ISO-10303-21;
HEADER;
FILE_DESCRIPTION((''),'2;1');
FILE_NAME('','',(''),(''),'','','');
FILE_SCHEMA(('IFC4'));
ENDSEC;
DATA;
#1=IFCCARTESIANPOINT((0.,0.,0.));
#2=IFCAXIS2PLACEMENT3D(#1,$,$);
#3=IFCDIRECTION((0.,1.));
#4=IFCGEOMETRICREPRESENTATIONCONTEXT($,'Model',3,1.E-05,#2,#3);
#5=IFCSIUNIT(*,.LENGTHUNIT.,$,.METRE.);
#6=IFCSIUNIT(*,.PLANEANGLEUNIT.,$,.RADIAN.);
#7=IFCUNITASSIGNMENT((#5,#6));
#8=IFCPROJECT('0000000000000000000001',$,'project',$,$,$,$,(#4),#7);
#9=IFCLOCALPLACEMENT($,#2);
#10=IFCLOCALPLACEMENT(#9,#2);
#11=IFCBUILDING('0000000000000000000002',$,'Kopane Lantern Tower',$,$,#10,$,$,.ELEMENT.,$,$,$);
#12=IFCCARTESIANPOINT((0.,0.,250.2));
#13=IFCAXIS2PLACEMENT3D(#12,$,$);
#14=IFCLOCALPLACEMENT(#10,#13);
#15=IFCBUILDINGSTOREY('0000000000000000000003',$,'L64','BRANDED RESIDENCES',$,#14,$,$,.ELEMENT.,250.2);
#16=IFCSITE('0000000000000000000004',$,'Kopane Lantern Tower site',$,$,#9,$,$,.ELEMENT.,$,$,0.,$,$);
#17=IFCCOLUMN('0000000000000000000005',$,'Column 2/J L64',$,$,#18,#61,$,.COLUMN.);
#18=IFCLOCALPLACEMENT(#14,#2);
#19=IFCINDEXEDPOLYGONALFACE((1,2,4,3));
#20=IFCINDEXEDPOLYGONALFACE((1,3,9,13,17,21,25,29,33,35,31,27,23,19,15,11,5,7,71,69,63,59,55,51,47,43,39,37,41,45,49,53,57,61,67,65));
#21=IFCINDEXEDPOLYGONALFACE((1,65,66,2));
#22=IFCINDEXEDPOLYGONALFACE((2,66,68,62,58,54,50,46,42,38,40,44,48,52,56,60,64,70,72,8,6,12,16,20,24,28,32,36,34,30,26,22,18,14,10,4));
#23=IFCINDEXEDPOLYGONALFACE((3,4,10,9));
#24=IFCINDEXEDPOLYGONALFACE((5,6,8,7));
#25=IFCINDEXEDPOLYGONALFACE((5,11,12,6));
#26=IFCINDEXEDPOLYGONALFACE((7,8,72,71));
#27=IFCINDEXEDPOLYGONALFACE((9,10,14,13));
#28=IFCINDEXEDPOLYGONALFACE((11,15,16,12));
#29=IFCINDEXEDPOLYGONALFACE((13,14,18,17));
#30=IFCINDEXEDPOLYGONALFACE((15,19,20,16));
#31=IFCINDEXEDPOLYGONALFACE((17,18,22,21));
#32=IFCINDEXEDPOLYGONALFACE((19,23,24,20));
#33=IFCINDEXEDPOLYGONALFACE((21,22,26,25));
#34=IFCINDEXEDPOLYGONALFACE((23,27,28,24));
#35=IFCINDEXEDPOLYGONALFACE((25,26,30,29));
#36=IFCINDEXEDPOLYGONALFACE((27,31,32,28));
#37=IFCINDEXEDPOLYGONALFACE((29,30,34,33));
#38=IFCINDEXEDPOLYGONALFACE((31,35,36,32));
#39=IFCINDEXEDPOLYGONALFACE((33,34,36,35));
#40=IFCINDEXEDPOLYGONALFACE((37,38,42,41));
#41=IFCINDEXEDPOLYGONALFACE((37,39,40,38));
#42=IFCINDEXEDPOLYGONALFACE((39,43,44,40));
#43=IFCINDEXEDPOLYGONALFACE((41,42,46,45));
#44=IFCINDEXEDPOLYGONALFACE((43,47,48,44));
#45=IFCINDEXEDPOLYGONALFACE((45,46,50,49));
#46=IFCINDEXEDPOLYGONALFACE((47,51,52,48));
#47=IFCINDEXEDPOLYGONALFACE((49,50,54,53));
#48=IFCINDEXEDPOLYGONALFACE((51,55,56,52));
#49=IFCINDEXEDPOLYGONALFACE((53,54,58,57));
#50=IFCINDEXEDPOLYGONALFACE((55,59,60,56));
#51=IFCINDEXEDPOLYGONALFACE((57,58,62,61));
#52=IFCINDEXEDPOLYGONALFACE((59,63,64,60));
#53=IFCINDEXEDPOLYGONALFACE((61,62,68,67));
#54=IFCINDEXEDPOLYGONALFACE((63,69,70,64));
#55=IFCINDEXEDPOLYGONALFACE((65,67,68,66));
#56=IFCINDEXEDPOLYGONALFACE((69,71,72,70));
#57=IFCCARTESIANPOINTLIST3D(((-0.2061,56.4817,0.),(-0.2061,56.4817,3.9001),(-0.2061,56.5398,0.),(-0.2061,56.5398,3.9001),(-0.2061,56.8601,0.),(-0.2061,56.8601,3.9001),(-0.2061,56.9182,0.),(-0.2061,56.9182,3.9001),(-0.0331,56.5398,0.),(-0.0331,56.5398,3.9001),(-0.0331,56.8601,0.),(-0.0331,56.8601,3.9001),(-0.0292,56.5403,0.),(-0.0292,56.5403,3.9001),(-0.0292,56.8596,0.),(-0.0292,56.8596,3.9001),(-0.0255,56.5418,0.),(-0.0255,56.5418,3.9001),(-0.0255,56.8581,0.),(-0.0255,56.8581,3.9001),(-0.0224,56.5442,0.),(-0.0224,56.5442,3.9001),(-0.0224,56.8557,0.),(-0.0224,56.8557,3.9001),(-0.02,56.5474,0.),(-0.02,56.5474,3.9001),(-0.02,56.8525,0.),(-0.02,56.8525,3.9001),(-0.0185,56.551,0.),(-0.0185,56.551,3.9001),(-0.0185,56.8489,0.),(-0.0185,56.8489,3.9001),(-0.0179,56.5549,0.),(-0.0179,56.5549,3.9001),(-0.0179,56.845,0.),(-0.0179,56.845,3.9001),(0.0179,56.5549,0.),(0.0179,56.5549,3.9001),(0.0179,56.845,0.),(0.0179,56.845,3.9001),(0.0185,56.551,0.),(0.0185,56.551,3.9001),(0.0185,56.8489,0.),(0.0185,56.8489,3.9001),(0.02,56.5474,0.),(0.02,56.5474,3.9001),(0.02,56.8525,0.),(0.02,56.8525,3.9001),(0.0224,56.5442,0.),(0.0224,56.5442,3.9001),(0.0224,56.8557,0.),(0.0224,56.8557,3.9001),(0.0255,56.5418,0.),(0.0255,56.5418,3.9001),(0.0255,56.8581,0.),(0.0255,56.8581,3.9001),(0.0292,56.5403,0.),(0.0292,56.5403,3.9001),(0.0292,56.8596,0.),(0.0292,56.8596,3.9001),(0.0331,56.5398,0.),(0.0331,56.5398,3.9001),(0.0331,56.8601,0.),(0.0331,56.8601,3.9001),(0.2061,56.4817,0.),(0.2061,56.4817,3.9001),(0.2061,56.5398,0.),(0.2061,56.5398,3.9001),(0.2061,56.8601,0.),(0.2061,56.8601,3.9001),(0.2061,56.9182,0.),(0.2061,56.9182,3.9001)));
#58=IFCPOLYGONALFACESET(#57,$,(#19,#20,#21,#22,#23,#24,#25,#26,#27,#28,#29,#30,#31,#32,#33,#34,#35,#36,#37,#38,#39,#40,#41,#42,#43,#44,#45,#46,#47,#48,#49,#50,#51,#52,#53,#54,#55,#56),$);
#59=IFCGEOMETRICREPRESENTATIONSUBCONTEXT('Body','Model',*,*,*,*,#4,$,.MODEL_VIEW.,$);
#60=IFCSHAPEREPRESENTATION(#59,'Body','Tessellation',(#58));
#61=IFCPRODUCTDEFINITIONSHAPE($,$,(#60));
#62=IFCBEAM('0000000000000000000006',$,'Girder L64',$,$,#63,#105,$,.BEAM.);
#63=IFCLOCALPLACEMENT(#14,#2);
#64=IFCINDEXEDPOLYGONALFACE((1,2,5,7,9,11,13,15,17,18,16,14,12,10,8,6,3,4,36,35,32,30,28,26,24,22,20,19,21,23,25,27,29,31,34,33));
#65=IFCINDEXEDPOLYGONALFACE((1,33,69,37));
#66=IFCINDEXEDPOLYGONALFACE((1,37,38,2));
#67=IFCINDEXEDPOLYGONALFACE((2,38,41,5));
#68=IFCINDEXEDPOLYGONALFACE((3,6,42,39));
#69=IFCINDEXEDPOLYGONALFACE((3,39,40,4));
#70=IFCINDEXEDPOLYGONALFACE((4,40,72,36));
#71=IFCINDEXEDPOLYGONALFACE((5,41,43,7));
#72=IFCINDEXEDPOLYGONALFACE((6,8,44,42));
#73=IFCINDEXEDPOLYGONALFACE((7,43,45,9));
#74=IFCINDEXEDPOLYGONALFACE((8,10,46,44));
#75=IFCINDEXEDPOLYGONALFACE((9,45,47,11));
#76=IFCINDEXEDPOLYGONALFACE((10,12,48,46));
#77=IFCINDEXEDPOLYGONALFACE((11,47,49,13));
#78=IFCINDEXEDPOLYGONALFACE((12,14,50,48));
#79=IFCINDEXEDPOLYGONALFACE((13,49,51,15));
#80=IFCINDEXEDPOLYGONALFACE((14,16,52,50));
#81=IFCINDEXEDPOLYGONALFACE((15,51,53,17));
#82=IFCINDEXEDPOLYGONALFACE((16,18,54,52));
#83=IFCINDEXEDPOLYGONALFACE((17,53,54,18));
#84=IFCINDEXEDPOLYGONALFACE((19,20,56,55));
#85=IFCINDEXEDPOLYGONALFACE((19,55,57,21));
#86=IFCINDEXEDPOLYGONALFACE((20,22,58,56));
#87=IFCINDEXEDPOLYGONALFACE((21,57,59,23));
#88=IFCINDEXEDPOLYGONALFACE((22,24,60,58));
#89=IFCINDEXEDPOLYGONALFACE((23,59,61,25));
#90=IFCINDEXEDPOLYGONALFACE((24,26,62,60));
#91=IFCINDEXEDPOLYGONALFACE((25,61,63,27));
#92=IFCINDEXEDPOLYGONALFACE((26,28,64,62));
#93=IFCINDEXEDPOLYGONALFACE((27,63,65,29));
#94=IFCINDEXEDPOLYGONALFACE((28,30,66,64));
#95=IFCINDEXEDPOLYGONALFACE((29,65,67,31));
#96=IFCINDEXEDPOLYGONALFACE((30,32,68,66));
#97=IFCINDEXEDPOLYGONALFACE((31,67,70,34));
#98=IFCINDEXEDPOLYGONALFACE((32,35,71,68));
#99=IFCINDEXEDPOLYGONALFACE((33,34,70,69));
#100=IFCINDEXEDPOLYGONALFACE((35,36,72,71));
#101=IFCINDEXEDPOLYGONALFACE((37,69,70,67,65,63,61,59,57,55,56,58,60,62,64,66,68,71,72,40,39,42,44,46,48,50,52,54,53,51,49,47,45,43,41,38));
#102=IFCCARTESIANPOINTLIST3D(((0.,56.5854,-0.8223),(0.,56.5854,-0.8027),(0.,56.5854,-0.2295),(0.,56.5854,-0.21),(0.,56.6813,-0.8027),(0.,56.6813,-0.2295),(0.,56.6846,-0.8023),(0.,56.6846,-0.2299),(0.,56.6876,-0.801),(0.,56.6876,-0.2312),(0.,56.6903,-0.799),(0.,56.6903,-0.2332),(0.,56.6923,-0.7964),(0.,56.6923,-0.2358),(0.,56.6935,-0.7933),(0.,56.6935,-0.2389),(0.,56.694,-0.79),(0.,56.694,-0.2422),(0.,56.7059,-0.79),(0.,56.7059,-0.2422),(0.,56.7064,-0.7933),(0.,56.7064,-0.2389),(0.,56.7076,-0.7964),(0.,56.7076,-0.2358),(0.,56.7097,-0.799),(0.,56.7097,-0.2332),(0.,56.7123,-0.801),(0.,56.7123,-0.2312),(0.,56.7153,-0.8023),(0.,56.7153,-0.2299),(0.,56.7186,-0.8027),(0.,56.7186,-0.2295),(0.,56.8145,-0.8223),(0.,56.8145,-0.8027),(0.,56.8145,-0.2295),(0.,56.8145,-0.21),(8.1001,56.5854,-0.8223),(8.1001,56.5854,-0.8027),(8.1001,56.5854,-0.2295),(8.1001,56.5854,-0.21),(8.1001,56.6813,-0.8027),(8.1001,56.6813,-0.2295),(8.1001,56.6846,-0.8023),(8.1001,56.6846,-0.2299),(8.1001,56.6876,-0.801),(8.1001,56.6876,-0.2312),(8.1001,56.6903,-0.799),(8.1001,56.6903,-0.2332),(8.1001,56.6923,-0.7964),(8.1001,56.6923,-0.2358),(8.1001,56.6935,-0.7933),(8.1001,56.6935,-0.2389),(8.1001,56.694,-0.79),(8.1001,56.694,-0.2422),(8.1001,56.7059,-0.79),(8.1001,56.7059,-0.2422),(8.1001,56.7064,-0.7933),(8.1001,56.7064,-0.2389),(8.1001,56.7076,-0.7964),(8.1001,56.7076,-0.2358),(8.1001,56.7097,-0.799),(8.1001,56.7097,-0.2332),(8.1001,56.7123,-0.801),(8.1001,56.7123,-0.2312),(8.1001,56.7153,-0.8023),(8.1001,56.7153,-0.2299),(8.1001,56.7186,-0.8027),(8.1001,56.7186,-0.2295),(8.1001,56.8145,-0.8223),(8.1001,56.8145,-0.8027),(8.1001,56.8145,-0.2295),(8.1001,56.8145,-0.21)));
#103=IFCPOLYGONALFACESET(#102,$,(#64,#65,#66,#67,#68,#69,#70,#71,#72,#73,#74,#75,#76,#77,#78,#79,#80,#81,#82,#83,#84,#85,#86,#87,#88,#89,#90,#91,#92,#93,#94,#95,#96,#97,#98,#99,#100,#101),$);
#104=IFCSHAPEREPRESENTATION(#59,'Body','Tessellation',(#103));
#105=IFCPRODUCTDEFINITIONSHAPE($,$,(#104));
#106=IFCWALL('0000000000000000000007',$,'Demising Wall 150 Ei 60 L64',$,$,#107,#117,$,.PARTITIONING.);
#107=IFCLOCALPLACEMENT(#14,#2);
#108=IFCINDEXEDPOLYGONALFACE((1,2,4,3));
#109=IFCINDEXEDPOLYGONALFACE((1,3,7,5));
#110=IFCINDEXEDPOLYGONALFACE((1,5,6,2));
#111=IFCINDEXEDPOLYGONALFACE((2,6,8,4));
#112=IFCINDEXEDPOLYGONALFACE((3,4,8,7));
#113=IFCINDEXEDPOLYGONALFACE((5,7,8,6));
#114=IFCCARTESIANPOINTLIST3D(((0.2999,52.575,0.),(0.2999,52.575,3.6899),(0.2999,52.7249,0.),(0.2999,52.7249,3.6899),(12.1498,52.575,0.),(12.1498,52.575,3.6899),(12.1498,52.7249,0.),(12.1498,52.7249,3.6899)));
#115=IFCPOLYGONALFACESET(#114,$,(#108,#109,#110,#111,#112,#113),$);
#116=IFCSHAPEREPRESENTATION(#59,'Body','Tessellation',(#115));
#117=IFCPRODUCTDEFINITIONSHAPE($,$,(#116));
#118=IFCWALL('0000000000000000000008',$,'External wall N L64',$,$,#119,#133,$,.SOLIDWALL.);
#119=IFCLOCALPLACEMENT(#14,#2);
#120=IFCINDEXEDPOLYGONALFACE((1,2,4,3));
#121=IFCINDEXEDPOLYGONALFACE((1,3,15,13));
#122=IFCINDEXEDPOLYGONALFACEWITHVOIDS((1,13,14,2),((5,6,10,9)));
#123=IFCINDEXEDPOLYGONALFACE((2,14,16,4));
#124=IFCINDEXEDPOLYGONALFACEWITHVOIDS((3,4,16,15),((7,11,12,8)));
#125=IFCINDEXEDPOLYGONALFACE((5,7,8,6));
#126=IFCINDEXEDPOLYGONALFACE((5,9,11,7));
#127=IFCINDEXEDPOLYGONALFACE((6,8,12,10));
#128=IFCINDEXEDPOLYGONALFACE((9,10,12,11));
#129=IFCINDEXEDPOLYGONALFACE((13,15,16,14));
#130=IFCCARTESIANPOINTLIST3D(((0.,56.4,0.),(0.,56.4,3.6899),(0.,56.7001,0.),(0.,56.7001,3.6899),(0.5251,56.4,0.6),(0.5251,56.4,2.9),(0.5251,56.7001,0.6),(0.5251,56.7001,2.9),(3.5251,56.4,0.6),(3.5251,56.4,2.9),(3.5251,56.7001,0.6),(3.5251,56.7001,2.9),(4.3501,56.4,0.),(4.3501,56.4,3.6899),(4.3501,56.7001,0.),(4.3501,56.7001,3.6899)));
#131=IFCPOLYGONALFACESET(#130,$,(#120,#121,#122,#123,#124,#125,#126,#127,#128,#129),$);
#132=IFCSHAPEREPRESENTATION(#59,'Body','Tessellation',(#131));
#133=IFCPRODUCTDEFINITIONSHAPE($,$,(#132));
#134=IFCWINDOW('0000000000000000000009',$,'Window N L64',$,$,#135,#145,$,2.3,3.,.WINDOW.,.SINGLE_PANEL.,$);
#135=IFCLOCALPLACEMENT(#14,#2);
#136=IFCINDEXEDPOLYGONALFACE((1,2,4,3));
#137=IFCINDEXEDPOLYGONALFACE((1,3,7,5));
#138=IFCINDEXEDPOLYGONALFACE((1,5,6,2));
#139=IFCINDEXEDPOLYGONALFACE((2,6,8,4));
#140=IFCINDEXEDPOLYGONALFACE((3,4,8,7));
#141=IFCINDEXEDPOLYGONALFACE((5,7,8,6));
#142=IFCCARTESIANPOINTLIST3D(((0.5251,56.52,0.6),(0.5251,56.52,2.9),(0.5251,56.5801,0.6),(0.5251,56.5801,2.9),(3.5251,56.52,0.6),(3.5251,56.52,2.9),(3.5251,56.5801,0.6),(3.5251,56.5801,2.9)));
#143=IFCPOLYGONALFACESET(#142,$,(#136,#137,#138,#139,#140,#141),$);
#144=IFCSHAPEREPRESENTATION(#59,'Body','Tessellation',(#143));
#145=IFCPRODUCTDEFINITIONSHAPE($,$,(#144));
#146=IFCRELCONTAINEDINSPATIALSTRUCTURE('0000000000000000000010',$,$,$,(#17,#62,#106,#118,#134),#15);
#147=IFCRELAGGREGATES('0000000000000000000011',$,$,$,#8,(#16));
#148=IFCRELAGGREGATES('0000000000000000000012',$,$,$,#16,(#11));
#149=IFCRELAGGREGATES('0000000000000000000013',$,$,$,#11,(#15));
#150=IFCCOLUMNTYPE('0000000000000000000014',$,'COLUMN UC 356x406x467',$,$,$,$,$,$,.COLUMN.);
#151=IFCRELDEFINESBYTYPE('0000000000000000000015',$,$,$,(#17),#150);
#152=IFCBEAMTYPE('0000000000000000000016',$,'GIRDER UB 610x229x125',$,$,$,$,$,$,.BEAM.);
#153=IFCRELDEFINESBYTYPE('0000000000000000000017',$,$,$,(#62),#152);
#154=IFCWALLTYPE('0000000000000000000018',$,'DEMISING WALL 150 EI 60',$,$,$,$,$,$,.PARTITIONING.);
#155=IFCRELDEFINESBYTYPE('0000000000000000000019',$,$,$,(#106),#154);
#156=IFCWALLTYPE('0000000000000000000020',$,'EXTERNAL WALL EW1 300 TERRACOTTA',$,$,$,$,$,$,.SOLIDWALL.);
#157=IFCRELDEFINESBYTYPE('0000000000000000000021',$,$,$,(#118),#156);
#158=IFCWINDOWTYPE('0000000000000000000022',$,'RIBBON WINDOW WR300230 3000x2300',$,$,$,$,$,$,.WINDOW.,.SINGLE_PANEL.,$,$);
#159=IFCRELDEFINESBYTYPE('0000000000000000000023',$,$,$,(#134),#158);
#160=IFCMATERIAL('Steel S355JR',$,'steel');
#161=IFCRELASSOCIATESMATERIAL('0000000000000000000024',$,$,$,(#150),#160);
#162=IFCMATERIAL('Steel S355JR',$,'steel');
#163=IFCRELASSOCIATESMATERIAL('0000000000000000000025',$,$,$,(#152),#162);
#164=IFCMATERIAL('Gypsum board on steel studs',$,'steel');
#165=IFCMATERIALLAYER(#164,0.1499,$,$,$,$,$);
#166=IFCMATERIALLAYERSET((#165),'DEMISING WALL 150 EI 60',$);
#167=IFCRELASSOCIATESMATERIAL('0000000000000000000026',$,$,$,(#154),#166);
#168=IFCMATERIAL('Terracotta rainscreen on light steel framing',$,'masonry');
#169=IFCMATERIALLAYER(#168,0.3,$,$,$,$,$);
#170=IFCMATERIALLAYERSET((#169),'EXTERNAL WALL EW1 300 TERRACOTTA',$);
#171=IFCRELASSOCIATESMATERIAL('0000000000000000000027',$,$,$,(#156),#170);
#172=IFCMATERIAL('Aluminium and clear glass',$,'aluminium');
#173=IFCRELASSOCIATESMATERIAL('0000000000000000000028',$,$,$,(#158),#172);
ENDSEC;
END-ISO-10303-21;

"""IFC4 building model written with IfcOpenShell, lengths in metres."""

from ifc_helpers import new_model, si_unit, direction, frame, frame_2d, origin, origin_2d, place, context, subcontext, project, spatial, rectangle, i_section, extrude, material, layer, layer_set, material_profile, profile_set, type_object, element, fill, save


model = new_model("IFC4")

# Units and contexts
model_context = context("Model", 3, precision=1e-05, world=origin(), true_north=direction((0.0, 1.0)))
body_context = subcontext(model_context, "Body", "Model", "MODEL_VIEW")
ifc_project = project(units=[si_unit("LENGTHUNIT", "METRE"), si_unit("PLANEANGLEUNIT", "RADIAN")], contexts=[model_context])

# Site, building, storey
site_placement = place(None, origin())
site = spatial("IfcSite", under=ifc_project, at=site_placement, Name="Kopane Lantern Tower site", CompositionType="ELEMENT", RefElevation=0.0)
building_placement = place(site_placement, origin())
building = spatial("IfcBuilding", under=site, at=building_placement, Name="Kopane Lantern Tower", CompositionType="ELEMENT")
storey_placement = place(building_placement, frame((0.0, 0.0, 250.2)))
storey = spatial("IfcBuildingStorey", under=building, at=storey_placement, Name="L64", Description="BRANDED RESIDENCES", CompositionType="ELEMENT", Elevation=250.2)

# Column
ifc_material_1 = material(Name="Steel S355JR", Category="steel")
ifc_material_profile_1 = material_profile(ifc_material_1, i_section(OverallWidth=0.4121, OverallDepth=0.4365, WebThickness=0.0359, FlangeThickness=0.0581, FilletRadius=0.0151, at=origin_2d()), Name="UC 356x406x467")
ifc_profile_set_1 = profile_set([ifc_material_profile_1], Name="Steel S355JR")
column_type = type_object("IfcColumnType", Name="COLUMN UC 356x406x467", PredefinedType="COLUMN", material=ifc_profile_set_1)
column_placement = place(storey_placement, frame((0.0, 56.7, 0.0), z_axis=(0.0, 0.0, 1.0), x_axis=(1.0, 0.0, 0.0)))
element("IfcColumn", 1, at=column_placement, inside=storey, type_object=column_type, Name="Column 2/J L64", PredefinedType="COLUMN", context=body_context, shape_type="SweptSolid", body=[
    extrude(i_section(OverallWidth=0.4121, OverallDepth=0.4365, WebThickness=0.0359, FlangeThickness=0.0581, FilletRadius=0.0151, at=origin_2d()), origin(), (0.0, 0.0, 1.0), 3.9001),
])

# Beam
ifc_material_2 = material(Name="Steel S355JR", Category="steel")
ifc_material_profile_2 = material_profile(ifc_material_2, i_section(OverallWidth=0.229, OverallDepth=0.6123, WebThickness=0.012, FlangeThickness=0.0195, FilletRadius=0.0127, at=origin_2d()), Name="UB 610x229x125")
ifc_profile_set_2 = profile_set([ifc_material_profile_2], Name="Steel S355JR")
beam_type = type_object("IfcBeamType", Name="GIRDER UB 610x229x125", PredefinedType="BEAM", material=ifc_profile_set_2)
beam_placement = place(storey_placement, frame((0.0, 56.7, -0.5161), z_axis=(1.0, 0.0, 0.0), x_axis=(0.0, 1.0, 0.0)))
element("IfcBeam", 2, at=beam_placement, inside=storey, type_object=beam_type, Name="Girder L64", PredefinedType="BEAM", context=body_context, shape_type="SweptSolid", body=[
    extrude(i_section(OverallWidth=0.229, OverallDepth=0.6123, WebThickness=0.012, FlangeThickness=0.0195, FilletRadius=0.0127, at=origin_2d()), origin(), (0.0, 0.0, 1.0), 8.1001),
])

# Wall
ifc_material_3 = material(Name="Gypsum board on steel studs", Category="steel")
ifc_layer_1 = layer(ifc_material_3, 0.1499)
ifc_layer_set_1 = layer_set([ifc_layer_1], Name="DEMISING WALL 150 EI 60")
wall_type_1 = type_object("IfcWallType", Name="DEMISING WALL 150 EI 60", PredefinedType="PARTITIONING", material=ifc_layer_set_1)
wall_1_placement = place(storey_placement, frame((0.3, 52.6499, 0.0), z_axis=(0.0, 0.0, 1.0), x_axis=(1.0, 0.0, 0.0)))
element("IfcWall", 3, at=wall_1_placement, inside=storey, type_object=wall_type_1, Name="Demising Wall 150 Ei 60 L64", PredefinedType="PARTITIONING", context=body_context, shape_type="SweptSolid", body=[
    extrude(rectangle(XDim=11.8499, YDim=0.1499, at=frame_2d((5.9248, 0.0))), origin(), (0.0, 0.0, 1.0), 3.6899),
])

# Wall, opening, window
ifc_material_4 = material(Name="Terracotta rainscreen on light steel framing", Category="masonry")
ifc_layer_2 = layer(ifc_material_4, 0.3)
ifc_layer_set_2 = layer_set([ifc_layer_2], Name="EXTERNAL WALL EW1 300 TERRACOTTA")
wall_type_2 = type_object("IfcWallType", Name="EXTERNAL WALL EW1 300 TERRACOTTA", PredefinedType="SOLIDWALL", material=ifc_layer_set_2)
wall_2_placement = place(storey_placement, frame((4.3501, 56.55, 0.0), z_axis=(0.0, 0.0, 1.0), x_axis=(-1.0, 0.0, 0.0)))
wall_2 = element("IfcWall", 4, at=wall_2_placement, inside=storey, type_object=wall_type_2, Name="External wall N L64", PredefinedType="SOLIDWALL", context=body_context, shape_type="SweptSolid", body=[
    extrude(rectangle(XDim=4.3501, YDim=0.3, at=frame_2d((2.175, 0.0))), origin(), (0.0, 0.0, 1.0), 3.6899),
])
opening_1_placement = place(wall_2_placement, frame((0.825, 0.0, 0.6001)))
opening_1 = element("IfcOpeningElement", 5, at=opening_1_placement, cuts=wall_2, PredefinedType="OPENING", context=body_context, shape_type="SweptSolid", body=[
    extrude(rectangle(XDim=3.0, YDim=2.3, at=frame_2d((1.5, 1.1499))), frame((0.0, 0.1599, 0.0), z_axis=(0.0, -1.0, 0.0), x_axis=(1.0, 0.0, 0.0)), (0.0, 0.0, 1.0), 0.3201),
])
ifc_material_5 = material(Name="Aluminium and clear glass", Category="aluminium")
window_type_1 = type_object("IfcWindowType", Name="RIBBON WINDOW WR300230 3000x2300", PartitioningType="SINGLE_PANEL", PredefinedType="WINDOW", material=ifc_material_5)
window_1_placement = place(opening_1_placement, origin())
window_1 = element("IfcWindow", 6, at=window_1_placement, inside=storey, type_object=window_type_1, Name="Window N L64", OverallHeight=2.3, OverallWidth=3.0, PartitioningType="SINGLE_PANEL", PredefinedType="WINDOW", context=body_context, shape_type="SweptSolid", body=[
    extrude(rectangle(XDim=3.0, YDim=2.3, at=frame_2d((1.5, 1.1499))), frame((0.0, 0.03, 0.0), z_axis=(0.0, -1.0, 0.0), x_axis=(1.0, 0.0, 0.0)), (0.0, 0.0, 1.0), 0.0601),
])
fill(opening_1, window_1)

save(model, "model.ifc")
